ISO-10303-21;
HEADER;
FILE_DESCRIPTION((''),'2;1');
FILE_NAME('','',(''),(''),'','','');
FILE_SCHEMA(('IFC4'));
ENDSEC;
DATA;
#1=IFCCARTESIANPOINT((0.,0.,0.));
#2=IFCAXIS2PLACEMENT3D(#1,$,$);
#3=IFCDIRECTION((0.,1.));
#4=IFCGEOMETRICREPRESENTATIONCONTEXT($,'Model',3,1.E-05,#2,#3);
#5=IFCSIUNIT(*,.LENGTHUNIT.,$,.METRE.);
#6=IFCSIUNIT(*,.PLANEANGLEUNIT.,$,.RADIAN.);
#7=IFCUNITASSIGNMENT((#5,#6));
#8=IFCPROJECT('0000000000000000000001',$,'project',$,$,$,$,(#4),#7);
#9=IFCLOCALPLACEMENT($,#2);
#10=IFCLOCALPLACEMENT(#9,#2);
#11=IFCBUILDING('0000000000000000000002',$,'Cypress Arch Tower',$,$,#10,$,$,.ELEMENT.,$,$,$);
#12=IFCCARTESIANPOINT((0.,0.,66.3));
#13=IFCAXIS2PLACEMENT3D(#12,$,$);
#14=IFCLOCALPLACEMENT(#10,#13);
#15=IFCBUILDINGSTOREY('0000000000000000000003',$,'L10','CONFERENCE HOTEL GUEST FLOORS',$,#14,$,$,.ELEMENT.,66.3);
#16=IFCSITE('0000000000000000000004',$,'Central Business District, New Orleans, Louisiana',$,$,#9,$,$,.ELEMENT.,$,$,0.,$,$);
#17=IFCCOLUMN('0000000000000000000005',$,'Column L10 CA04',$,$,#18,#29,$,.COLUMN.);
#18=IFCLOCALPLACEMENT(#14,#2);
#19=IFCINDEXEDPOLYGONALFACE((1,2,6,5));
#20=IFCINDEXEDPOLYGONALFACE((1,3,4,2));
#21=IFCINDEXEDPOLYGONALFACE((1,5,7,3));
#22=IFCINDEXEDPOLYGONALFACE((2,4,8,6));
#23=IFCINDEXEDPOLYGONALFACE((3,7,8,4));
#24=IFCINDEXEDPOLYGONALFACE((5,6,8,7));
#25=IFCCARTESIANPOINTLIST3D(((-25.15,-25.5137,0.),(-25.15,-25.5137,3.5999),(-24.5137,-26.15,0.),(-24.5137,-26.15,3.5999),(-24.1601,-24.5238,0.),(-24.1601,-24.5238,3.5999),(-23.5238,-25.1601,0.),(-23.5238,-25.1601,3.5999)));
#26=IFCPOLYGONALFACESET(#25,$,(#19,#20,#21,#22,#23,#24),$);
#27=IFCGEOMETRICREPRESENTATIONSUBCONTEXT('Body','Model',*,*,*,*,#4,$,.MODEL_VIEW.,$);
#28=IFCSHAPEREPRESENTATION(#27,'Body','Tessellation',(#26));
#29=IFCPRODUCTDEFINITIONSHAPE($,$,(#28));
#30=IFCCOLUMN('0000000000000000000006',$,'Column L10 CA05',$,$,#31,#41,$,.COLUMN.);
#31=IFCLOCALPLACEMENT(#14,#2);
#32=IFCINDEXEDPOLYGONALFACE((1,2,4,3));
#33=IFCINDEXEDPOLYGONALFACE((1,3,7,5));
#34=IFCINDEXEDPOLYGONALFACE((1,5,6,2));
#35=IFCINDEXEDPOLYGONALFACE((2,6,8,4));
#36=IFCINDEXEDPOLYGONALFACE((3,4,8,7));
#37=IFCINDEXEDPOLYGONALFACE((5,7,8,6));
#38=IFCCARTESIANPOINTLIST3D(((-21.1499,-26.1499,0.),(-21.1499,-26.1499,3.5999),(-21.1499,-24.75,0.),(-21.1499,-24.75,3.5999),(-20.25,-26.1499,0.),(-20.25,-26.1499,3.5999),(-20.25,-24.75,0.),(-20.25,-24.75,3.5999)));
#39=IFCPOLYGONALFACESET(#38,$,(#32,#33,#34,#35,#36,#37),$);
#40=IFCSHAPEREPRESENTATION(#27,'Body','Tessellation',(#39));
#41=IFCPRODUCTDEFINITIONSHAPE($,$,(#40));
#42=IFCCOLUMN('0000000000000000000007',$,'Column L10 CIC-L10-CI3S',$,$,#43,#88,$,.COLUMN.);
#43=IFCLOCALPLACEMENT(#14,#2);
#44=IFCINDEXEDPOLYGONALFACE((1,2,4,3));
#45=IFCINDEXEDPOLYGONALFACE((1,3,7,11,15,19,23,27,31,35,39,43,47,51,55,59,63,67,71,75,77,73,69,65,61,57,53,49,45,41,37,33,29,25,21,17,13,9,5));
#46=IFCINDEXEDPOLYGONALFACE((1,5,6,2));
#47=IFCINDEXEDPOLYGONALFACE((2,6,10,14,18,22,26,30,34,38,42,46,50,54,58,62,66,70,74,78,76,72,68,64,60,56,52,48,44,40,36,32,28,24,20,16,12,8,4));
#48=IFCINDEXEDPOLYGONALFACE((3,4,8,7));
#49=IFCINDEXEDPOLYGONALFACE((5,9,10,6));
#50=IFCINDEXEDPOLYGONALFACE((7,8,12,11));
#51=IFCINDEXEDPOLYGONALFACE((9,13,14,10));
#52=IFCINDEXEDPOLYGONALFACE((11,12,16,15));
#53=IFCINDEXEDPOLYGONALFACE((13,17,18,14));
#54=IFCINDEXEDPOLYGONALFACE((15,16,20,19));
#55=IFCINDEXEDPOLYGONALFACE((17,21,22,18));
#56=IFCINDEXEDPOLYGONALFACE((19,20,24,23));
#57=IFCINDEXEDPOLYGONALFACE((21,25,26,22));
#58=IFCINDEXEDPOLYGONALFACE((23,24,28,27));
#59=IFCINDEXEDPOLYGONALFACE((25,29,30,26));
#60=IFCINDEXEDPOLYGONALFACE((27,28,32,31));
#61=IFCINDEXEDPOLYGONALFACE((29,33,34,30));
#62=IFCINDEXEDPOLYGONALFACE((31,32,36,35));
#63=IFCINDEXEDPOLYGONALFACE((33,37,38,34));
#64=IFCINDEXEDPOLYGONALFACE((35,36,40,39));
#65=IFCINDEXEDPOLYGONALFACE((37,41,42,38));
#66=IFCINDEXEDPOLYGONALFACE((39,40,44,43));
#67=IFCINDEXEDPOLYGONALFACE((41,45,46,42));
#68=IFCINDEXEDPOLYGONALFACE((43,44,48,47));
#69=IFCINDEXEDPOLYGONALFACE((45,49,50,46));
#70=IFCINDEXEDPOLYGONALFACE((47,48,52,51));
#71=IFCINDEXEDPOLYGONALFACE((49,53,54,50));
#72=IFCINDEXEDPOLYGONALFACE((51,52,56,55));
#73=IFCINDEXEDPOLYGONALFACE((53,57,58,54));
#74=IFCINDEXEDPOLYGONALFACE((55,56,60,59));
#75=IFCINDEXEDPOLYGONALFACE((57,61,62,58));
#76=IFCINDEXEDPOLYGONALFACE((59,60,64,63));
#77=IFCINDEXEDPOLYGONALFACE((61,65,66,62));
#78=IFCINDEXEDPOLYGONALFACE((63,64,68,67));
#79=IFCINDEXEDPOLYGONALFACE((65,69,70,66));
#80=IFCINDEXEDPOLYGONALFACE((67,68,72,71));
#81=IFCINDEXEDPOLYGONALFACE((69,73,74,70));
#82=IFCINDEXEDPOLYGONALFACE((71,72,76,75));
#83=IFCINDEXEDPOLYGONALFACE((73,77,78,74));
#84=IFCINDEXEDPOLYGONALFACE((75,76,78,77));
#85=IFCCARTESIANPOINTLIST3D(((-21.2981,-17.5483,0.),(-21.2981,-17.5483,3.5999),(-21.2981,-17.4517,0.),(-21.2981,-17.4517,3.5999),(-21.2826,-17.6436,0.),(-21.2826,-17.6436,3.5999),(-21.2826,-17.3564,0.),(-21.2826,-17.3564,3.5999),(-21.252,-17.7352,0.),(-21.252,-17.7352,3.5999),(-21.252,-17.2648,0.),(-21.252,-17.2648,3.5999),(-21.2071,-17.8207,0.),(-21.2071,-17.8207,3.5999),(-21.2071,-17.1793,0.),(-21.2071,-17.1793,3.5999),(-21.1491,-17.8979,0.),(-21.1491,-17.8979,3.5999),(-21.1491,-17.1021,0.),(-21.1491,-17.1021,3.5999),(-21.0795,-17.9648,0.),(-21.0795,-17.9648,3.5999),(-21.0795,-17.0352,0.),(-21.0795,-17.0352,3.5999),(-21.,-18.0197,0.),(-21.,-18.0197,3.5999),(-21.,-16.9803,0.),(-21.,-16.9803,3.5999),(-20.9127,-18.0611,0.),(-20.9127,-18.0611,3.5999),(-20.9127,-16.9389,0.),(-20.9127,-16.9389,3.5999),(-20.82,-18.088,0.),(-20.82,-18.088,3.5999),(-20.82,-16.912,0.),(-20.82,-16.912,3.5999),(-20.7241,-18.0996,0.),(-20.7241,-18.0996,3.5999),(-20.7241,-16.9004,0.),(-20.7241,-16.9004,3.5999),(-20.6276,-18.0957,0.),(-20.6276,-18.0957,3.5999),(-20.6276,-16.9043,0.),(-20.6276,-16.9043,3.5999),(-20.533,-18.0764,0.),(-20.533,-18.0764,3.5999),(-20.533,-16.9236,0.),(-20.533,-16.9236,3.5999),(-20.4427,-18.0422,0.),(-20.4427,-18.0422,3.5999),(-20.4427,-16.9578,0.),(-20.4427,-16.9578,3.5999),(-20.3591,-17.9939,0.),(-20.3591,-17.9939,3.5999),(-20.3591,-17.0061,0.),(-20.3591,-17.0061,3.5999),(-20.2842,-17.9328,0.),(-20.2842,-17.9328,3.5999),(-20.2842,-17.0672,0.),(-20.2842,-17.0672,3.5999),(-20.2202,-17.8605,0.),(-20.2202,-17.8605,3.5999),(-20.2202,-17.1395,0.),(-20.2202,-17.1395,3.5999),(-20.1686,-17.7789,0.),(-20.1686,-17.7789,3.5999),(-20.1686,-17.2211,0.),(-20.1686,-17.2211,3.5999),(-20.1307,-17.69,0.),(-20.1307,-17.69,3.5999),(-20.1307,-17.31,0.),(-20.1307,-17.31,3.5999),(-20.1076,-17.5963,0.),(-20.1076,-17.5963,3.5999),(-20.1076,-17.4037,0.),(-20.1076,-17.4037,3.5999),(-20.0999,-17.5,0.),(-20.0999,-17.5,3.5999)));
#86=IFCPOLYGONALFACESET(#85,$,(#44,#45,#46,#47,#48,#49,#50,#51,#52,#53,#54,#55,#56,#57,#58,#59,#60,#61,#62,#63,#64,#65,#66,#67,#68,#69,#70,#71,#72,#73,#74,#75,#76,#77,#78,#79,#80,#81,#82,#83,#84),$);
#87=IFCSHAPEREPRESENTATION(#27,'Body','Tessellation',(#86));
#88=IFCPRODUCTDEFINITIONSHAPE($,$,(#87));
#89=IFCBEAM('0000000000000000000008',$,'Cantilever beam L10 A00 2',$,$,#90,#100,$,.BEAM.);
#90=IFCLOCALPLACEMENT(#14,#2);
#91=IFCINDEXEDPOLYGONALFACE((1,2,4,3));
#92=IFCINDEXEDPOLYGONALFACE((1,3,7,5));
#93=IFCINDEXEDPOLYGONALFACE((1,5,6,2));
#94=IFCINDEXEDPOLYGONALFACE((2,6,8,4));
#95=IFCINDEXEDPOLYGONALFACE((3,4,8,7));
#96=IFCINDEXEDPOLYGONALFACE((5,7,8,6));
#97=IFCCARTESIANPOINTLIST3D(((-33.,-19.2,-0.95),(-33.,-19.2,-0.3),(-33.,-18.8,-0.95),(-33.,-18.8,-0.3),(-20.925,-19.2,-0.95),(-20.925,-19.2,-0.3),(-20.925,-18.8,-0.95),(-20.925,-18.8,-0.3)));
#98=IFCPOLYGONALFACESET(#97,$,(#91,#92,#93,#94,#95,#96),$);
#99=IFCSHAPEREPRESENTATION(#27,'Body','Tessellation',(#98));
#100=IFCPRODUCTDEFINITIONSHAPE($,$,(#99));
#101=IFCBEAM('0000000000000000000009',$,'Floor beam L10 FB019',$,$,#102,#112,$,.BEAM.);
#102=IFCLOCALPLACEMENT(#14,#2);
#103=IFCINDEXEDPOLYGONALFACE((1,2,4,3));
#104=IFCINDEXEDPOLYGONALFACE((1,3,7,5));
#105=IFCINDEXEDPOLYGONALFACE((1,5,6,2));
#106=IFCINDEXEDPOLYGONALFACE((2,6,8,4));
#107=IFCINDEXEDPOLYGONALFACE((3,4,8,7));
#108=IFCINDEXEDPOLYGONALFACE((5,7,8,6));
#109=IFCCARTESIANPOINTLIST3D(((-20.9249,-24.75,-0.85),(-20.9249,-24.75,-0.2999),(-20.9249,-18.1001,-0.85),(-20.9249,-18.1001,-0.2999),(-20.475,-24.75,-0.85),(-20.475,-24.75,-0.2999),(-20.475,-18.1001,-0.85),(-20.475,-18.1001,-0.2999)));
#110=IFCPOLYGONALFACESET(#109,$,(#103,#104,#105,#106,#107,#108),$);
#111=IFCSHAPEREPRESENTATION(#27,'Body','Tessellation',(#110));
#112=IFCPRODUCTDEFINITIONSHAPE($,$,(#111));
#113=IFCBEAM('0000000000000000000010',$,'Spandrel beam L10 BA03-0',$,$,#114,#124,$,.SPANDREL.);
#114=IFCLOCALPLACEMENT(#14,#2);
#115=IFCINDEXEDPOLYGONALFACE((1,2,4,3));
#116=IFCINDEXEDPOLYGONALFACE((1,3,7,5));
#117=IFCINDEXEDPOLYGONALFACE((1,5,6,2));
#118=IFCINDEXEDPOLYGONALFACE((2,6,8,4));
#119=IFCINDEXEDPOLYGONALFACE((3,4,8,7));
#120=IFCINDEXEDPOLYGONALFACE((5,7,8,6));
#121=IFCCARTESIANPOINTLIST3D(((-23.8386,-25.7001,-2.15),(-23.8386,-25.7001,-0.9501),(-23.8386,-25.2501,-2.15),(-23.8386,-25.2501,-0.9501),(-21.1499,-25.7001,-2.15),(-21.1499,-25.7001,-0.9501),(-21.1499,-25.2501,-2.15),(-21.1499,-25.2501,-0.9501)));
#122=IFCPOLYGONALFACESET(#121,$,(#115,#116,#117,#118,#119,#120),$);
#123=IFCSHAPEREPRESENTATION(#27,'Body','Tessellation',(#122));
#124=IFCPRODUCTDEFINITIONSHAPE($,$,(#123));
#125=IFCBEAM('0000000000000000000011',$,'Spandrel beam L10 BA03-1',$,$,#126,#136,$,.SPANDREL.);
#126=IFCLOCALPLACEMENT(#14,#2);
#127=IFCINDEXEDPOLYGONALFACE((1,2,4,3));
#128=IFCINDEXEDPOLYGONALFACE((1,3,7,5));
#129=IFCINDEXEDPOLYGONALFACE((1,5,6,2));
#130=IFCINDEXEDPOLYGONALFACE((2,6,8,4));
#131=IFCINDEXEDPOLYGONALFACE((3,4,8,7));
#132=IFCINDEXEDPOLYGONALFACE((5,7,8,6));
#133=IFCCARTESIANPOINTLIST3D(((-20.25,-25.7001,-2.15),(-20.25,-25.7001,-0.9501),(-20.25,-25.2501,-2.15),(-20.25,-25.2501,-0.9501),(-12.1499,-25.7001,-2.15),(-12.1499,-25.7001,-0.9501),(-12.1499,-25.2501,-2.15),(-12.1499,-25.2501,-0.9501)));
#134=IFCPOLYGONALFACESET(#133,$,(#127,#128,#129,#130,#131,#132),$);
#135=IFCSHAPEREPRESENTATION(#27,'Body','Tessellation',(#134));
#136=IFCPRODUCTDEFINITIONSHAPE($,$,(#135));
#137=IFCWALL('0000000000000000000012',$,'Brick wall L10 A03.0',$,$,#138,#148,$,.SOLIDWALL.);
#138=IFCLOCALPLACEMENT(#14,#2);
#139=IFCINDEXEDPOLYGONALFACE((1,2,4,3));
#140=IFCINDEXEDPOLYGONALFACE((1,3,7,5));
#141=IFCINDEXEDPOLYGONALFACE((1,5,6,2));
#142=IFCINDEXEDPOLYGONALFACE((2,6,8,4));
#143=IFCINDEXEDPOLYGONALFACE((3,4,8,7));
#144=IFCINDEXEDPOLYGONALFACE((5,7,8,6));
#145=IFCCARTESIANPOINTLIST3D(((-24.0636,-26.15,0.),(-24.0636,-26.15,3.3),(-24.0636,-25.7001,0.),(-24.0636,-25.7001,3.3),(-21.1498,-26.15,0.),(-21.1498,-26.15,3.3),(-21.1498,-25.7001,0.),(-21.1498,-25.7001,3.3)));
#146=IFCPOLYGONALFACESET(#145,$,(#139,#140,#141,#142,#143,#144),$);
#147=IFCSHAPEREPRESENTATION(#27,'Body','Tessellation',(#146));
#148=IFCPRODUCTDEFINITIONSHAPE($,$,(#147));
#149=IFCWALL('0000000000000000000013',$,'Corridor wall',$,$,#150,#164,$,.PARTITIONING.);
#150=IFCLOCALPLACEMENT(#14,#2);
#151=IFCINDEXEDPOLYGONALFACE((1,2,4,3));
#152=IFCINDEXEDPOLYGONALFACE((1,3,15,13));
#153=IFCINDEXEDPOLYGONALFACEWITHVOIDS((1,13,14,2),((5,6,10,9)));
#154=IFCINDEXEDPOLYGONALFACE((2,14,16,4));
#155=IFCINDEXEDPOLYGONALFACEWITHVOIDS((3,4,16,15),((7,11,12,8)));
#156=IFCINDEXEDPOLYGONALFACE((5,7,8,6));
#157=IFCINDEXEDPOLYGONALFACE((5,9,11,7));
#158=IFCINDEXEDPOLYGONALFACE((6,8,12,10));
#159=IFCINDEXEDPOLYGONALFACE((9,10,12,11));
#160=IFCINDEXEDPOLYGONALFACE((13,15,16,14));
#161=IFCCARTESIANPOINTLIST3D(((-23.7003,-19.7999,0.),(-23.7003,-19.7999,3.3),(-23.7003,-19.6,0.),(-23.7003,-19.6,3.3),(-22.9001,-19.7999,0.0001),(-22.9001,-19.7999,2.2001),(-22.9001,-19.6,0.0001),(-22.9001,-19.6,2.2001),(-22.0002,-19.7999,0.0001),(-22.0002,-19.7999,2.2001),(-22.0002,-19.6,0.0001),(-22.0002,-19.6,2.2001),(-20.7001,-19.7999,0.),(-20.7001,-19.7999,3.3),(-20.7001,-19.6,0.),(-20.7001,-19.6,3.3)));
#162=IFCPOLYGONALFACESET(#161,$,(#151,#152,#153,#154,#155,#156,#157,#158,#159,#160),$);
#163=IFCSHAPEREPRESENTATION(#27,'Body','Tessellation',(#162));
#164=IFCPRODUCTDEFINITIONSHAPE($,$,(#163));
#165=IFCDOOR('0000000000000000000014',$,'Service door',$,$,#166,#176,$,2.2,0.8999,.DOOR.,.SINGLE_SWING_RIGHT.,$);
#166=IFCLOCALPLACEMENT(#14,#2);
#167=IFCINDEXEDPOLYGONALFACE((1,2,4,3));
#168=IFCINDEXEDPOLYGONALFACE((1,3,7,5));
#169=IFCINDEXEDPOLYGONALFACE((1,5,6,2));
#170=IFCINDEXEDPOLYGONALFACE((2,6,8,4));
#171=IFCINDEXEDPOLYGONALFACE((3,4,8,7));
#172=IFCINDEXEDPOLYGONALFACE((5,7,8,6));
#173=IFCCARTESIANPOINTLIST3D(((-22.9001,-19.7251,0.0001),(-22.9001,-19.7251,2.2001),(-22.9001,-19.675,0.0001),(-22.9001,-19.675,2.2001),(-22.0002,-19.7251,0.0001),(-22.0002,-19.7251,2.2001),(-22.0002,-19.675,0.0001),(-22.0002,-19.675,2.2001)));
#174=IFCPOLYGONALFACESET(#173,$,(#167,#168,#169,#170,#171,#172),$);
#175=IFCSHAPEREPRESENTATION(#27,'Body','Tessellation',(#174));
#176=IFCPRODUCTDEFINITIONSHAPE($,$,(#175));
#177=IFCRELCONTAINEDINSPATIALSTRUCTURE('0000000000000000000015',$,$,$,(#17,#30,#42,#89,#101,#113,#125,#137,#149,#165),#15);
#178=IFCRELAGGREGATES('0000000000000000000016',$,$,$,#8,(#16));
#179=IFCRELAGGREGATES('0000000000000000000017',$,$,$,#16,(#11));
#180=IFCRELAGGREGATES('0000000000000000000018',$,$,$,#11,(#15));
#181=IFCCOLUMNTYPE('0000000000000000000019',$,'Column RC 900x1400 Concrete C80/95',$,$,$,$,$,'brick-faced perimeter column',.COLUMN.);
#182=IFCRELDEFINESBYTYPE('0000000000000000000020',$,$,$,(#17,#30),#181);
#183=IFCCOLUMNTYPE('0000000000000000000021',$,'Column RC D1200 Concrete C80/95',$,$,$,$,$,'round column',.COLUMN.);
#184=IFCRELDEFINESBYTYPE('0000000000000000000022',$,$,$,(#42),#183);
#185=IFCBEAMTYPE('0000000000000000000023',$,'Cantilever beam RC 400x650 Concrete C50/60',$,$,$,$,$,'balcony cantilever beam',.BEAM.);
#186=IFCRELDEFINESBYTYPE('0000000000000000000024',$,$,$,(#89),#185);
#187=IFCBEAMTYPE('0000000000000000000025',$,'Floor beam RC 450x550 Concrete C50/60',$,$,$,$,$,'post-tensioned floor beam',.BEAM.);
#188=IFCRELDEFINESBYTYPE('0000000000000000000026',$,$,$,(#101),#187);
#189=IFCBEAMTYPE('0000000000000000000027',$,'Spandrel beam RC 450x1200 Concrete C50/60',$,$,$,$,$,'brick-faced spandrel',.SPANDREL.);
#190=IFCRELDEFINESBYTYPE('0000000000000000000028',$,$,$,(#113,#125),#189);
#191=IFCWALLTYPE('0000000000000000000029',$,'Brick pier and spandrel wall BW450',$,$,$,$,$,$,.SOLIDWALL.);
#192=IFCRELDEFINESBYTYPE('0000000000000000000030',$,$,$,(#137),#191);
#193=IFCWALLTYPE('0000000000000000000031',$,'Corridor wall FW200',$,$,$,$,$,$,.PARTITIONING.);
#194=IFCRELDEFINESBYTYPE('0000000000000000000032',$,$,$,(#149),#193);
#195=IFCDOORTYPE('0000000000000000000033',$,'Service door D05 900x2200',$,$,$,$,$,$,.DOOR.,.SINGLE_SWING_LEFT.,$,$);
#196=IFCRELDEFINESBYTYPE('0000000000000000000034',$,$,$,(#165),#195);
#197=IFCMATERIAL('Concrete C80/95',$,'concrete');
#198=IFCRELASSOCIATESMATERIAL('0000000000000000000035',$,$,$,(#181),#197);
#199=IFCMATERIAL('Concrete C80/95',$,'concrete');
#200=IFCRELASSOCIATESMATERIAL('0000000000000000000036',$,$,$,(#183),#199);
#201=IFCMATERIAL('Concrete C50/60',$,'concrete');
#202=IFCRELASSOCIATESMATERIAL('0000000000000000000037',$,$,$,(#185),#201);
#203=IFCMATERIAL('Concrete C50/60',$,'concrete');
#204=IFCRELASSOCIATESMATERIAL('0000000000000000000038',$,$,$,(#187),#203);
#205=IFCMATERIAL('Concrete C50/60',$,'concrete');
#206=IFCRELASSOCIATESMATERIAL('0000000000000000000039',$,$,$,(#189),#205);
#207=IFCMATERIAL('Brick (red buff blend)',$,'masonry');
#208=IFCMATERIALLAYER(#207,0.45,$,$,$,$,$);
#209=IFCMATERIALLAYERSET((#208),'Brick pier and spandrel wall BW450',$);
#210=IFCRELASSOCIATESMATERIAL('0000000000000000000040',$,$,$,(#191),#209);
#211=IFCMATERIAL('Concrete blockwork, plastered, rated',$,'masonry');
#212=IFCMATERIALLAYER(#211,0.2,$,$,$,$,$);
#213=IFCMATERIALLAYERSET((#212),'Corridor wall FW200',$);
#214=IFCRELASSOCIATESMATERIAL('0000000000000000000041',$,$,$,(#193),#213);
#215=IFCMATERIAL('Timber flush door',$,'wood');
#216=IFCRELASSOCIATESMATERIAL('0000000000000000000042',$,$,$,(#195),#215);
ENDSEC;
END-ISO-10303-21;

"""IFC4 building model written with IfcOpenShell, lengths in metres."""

from ifc_helpers import new_model, si_unit, direction, frame, frame_2d, origin, origin_2d, place, context, subcontext, project, spatial, rectangle, circle, extrude, material, layer, layer_set, material_profile, profile_set, type_object, element, fill, save


model = new_model("IFC4")

# Units and contexts
model_context = context("Model", 3, precision=1e-05, world=origin(), true_north=direction((0.0, 1.0)))
body_context = subcontext(model_context, "Body", "Model", "MODEL_VIEW")
ifc_project = project(units=[si_unit("LENGTHUNIT", "METRE"), si_unit("PLANEANGLEUNIT", "RADIAN")], contexts=[model_context])

# Site, building, storey
site_placement = place(None, origin())
site = spatial("IfcSite", under=ifc_project, at=site_placement, Name="Central Business District, New Orleans, Louisiana", CompositionType="ELEMENT", RefElevation=0.0)
building_placement = place(site_placement, origin())
building = spatial("IfcBuilding", under=site, at=building_placement, Name="Cypress Arch Tower", CompositionType="ELEMENT")
storey_placement = place(building_placement, frame((0.0, 0.0, 66.3)))
storey = spatial("IfcBuildingStorey", under=building, at=storey_placement, Name="L10", Description="CONFERENCE HOTEL GUEST FLOORS", CompositionType="ELEMENT", Elevation=66.3)

# Columns
ifc_material_1 = material(Name="Concrete C80/95", Category="concrete")
ifc_material_profile_1 = material_profile(ifc_material_1, rectangle(XDim=0.8999, YDim=1.3999, at=origin_2d()), Name="RC 900x1400")
ifc_profile_set_1 = profile_set([ifc_material_profile_1], Name="Concrete C80/95")
column_type_1 = type_object("IfcColumnType", Name="Column RC 900x1400 Concrete C80/95", ElementType="brick-faced perimeter column", PredefinedType="COLUMN", material=ifc_profile_set_1)
for number, where, z_axis, x_axis, name in (
    (1, (-24.3369, -25.3369, 0.0), (0.0, 0.0, 1.0), (0.707107, -0.707107, 0.0), "Column L10 CA04"),
    (2, (-20.7, -25.45, 0.0), (0.0, 0.0, 1.0), (1.0, 0.0, 0.0), "Column L10 CA05"),
):
    element("IfcColumn", number, at=place(storey_placement, frame(where, z_axis=z_axis, x_axis=x_axis)), inside=storey, type_object=column_type_1, Name=name, PredefinedType="COLUMN", context=body_context, shape_type="SweptSolid", body=[
        extrude(rectangle(XDim=0.8999, YDim=1.3999, at=origin_2d()), origin(), (0.0, 0.0, 1.0), 3.5999),
    ])
ifc_material_2 = material(Name="Concrete C80/95", Category="concrete")
ifc_material_profile_2 = material_profile(ifc_material_2, circle(Radius=0.6001, at=origin_2d()), Name="RC D1200")
ifc_profile_set_2 = profile_set([ifc_material_profile_2], Name="Concrete C80/95")
column_type_2 = type_object("IfcColumnType", Name="Column RC D1200 Concrete C80/95", ElementType="round column", PredefinedType="COLUMN", material=ifc_profile_set_2)
column_placement = place(storey_placement, frame((-20.7, -17.5, 0.0), z_axis=(0.0, 0.0, 1.0), x_axis=(1.0, 0.0, 0.0)))
element("IfcColumn", 3, at=column_placement, inside=storey, type_object=column_type_2, Name="Column L10 CIC-L10-CI3S", PredefinedType="COLUMN", context=body_context, shape_type="SweptSolid", body=[
    extrude(circle(Radius=0.6001, at=origin_2d()), origin(), (0.0, 0.0, 1.0), 3.5999),
])

# Beams
ifc_material_3 = material(Name="Concrete C50/60", Category="concrete")
ifc_material_profile_3 = material_profile(ifc_material_3, rectangle(XDim=0.3999, YDim=0.6499, at=origin_2d()), Name="RC 400x650")
ifc_profile_set_3 = profile_set([ifc_material_profile_3], Name="Concrete C50/60")
beam_type_1 = type_object("IfcBeamType", Name="Cantilever beam RC 400x650 Concrete C50/60", ElementType="balcony cantilever beam", PredefinedType="BEAM", material=ifc_profile_set_3)
beam_1_placement = place(storey_placement, frame((-20.925, -19.0, -0.625), z_axis=(-1.0, 0.0, 0.0), x_axis=(0.0, -1.0, 0.0)))
element("IfcBeam", 4, at=beam_1_placement, inside=storey, type_object=beam_type_1, Name="Cantilever beam L10 A00 2", PredefinedType="BEAM", context=body_context, shape_type="SweptSolid", body=[
    extrude(rectangle(XDim=0.3999, YDim=0.6499, at=origin_2d()), origin(), (0.0, 0.0, 1.0), 12.075),
])
ifc_material_4 = material(Name="Concrete C50/60", Category="concrete")
ifc_material_profile_4 = material_profile(ifc_material_4, rectangle(XDim=0.45, YDim=0.55, at=origin_2d()), Name="RC 450x550")
ifc_profile_set_4 = profile_set([ifc_material_profile_4], Name="Concrete C50/60")
beam_type_2 = type_object("IfcBeamType", Name="Floor beam RC 450x550 Concrete C50/60", ElementType="post-tensioned floor beam", PredefinedType="BEAM", material=ifc_profile_set_4)
beam_2_placement = place(storey_placement, frame((-20.7, -24.75, -0.575), z_axis=(0.0, 1.0, 0.0), x_axis=(-1.0, 0.0, 0.0)))
element("IfcBeam", 5, at=beam_2_placement, inside=storey, type_object=beam_type_2, Name="Floor beam L10 FB019", PredefinedType="BEAM", context=body_context, shape_type="SweptSolid", body=[
    extrude(rectangle(XDim=0.45, YDim=0.55, at=origin_2d()), origin(), (0.0, 0.0, 1.0), 6.6499),
])
ifc_material_5 = material(Name="Concrete C50/60", Category="concrete")
ifc_material_profile_5 = material_profile(ifc_material_5, rectangle(XDim=0.45, YDim=1.2, at=origin_2d()), Name="RC 450x1200")
ifc_profile_set_5 = profile_set([ifc_material_profile_5], Name="Concrete C50/60")
beam_type_3 = type_object("IfcBeamType", Name="Spandrel beam RC 450x1200 Concrete C50/60", ElementType="brick-faced spandrel", PredefinedType="SPANDREL", material=ifc_profile_set_5)
beam_3_placement = place(storey_placement, frame((-23.8386, -25.4751, -1.55), z_axis=(1.0, 0.0, 0.0), x_axis=(0.0, 1.0, 0.0)))
element("IfcBeam", 6, at=beam_3_placement, inside=storey, type_object=beam_type_3, Name="Spandrel beam L10 BA03-0", PredefinedType="SPANDREL", context=body_context, shape_type="SweptSolid", body=[
    extrude(rectangle(XDim=0.45, YDim=1.2, at=origin_2d()), origin(), (0.0, 0.0, 1.0), 2.6887),
])
beam_4_placement = place(storey_placement, frame((-20.25, -25.4751, -1.55), z_axis=(1.0, 0.0, 0.0), x_axis=(0.0, 1.0, 0.0)))
element("IfcBeam", 7, at=beam_4_placement, inside=storey, type_object=beam_type_3, Name="Spandrel beam L10 BA03-1", PredefinedType="SPANDREL", context=body_context, shape_type="SweptSolid", body=[
    extrude(rectangle(XDim=0.45, YDim=1.2, at=origin_2d()), origin(), (0.0, 0.0, 1.0), 8.1001),
])

# Wall
ifc_material_6 = material(Name="Brick (red buff blend)", Category="masonry")
ifc_layer_1 = layer(ifc_material_6, 0.45)
ifc_layer_set_1 = layer_set([ifc_layer_1], Name="Brick pier and spandrel wall BW450")
wall_type_1 = type_object("IfcWallType", Name="Brick pier and spandrel wall BW450", PredefinedType="SOLIDWALL", material=ifc_layer_set_1)
wall_1_placement = place(storey_placement, frame((-24.0637, -25.925, 0.0), z_axis=(0.0, 0.0, 1.0), x_axis=(1.0, 0.0, 0.0)))
element("IfcWall", 8, at=wall_1_placement, inside=storey, type_object=wall_type_1, Name="Brick wall L10 A03.0", PredefinedType="SOLIDWALL", context=body_context, shape_type="SweptSolid", body=[
    extrude(rectangle(XDim=2.9138, YDim=0.45, at=frame_2d((1.457, 0.0))), origin(), (0.0, 0.0, 1.0), 3.3),
])

# Wall, opening, door
ifc_material_7 = material(Name="Concrete blockwork, plastered, rated", Category="masonry")
ifc_layer_2 = layer(ifc_material_7, 0.2)
ifc_layer_set_2 = layer_set([ifc_layer_2], Name="Corridor wall FW200")
wall_type_2 = type_object("IfcWallType", Name="Corridor wall FW200", PredefinedType="PARTITIONING", material=ifc_layer_set_2)
wall_2_placement = place(storey_placement, frame((-23.7002, -19.7, 0.0), z_axis=(0.0, 0.0, 1.0), x_axis=(1.0, 0.0, 0.0)))
wall_2 = element("IfcWall", 9, at=wall_2_placement, inside=storey, type_object=wall_type_2, Name="Corridor wall", PredefinedType="PARTITIONING", context=body_context, shape_type="SweptSolid", body=[
    extrude(rectangle(XDim=3.0002, YDim=0.2, at=frame_2d((1.5, 0.0))), origin(), (0.0, 0.0, 1.0), 3.3),
])
opening_1_placement = place(wall_2_placement, frame((0.8, 0.0, 0.0)))
opening_1 = element("IfcOpeningElement", 10, at=opening_1_placement, cuts=wall_2, PredefinedType="OPENING", context=body_context, shape_type="SweptSolid", body=[
    extrude(rectangle(XDim=0.8999, YDim=2.2, at=frame_2d((0.45, 1.1001))), frame((0.0, 0.1099, 0.0), z_axis=(0.0, -1.0, 0.0), x_axis=(1.0, 0.0, 0.0)), (0.0, 0.0, 1.0), 0.22),
])
ifc_material_8 = material(Name="Timber flush door", Category="wood")
door_type_1 = type_object("IfcDoorType", Name="Service door D05 900x2200", OperationType="SINGLE_SWING_LEFT", PredefinedType="DOOR", material=ifc_material_8)
door_1_placement = place(opening_1_placement, origin())
door_1 = element("IfcDoor", 11, at=door_1_placement, inside=storey, type_object=door_type_1, Name="Service door", OperationType="SINGLE_SWING_RIGHT", OverallHeight=2.2, OverallWidth=0.8999, PredefinedType="DOOR", context=body_context, shape_type="SweptSolid", body=[
    extrude(rectangle(XDim=0.8999, YDim=2.2, at=frame_2d((0.45, 1.1001))), frame((0.0, 0.0249, 0.0), z_axis=(0.0, -1.0, 0.0), x_axis=(1.0, 0.0, 0.0)), (0.0, 0.0, 1.0), 0.05),
])
fill(opening_1, door_1)

save(model, "model.ifc")
